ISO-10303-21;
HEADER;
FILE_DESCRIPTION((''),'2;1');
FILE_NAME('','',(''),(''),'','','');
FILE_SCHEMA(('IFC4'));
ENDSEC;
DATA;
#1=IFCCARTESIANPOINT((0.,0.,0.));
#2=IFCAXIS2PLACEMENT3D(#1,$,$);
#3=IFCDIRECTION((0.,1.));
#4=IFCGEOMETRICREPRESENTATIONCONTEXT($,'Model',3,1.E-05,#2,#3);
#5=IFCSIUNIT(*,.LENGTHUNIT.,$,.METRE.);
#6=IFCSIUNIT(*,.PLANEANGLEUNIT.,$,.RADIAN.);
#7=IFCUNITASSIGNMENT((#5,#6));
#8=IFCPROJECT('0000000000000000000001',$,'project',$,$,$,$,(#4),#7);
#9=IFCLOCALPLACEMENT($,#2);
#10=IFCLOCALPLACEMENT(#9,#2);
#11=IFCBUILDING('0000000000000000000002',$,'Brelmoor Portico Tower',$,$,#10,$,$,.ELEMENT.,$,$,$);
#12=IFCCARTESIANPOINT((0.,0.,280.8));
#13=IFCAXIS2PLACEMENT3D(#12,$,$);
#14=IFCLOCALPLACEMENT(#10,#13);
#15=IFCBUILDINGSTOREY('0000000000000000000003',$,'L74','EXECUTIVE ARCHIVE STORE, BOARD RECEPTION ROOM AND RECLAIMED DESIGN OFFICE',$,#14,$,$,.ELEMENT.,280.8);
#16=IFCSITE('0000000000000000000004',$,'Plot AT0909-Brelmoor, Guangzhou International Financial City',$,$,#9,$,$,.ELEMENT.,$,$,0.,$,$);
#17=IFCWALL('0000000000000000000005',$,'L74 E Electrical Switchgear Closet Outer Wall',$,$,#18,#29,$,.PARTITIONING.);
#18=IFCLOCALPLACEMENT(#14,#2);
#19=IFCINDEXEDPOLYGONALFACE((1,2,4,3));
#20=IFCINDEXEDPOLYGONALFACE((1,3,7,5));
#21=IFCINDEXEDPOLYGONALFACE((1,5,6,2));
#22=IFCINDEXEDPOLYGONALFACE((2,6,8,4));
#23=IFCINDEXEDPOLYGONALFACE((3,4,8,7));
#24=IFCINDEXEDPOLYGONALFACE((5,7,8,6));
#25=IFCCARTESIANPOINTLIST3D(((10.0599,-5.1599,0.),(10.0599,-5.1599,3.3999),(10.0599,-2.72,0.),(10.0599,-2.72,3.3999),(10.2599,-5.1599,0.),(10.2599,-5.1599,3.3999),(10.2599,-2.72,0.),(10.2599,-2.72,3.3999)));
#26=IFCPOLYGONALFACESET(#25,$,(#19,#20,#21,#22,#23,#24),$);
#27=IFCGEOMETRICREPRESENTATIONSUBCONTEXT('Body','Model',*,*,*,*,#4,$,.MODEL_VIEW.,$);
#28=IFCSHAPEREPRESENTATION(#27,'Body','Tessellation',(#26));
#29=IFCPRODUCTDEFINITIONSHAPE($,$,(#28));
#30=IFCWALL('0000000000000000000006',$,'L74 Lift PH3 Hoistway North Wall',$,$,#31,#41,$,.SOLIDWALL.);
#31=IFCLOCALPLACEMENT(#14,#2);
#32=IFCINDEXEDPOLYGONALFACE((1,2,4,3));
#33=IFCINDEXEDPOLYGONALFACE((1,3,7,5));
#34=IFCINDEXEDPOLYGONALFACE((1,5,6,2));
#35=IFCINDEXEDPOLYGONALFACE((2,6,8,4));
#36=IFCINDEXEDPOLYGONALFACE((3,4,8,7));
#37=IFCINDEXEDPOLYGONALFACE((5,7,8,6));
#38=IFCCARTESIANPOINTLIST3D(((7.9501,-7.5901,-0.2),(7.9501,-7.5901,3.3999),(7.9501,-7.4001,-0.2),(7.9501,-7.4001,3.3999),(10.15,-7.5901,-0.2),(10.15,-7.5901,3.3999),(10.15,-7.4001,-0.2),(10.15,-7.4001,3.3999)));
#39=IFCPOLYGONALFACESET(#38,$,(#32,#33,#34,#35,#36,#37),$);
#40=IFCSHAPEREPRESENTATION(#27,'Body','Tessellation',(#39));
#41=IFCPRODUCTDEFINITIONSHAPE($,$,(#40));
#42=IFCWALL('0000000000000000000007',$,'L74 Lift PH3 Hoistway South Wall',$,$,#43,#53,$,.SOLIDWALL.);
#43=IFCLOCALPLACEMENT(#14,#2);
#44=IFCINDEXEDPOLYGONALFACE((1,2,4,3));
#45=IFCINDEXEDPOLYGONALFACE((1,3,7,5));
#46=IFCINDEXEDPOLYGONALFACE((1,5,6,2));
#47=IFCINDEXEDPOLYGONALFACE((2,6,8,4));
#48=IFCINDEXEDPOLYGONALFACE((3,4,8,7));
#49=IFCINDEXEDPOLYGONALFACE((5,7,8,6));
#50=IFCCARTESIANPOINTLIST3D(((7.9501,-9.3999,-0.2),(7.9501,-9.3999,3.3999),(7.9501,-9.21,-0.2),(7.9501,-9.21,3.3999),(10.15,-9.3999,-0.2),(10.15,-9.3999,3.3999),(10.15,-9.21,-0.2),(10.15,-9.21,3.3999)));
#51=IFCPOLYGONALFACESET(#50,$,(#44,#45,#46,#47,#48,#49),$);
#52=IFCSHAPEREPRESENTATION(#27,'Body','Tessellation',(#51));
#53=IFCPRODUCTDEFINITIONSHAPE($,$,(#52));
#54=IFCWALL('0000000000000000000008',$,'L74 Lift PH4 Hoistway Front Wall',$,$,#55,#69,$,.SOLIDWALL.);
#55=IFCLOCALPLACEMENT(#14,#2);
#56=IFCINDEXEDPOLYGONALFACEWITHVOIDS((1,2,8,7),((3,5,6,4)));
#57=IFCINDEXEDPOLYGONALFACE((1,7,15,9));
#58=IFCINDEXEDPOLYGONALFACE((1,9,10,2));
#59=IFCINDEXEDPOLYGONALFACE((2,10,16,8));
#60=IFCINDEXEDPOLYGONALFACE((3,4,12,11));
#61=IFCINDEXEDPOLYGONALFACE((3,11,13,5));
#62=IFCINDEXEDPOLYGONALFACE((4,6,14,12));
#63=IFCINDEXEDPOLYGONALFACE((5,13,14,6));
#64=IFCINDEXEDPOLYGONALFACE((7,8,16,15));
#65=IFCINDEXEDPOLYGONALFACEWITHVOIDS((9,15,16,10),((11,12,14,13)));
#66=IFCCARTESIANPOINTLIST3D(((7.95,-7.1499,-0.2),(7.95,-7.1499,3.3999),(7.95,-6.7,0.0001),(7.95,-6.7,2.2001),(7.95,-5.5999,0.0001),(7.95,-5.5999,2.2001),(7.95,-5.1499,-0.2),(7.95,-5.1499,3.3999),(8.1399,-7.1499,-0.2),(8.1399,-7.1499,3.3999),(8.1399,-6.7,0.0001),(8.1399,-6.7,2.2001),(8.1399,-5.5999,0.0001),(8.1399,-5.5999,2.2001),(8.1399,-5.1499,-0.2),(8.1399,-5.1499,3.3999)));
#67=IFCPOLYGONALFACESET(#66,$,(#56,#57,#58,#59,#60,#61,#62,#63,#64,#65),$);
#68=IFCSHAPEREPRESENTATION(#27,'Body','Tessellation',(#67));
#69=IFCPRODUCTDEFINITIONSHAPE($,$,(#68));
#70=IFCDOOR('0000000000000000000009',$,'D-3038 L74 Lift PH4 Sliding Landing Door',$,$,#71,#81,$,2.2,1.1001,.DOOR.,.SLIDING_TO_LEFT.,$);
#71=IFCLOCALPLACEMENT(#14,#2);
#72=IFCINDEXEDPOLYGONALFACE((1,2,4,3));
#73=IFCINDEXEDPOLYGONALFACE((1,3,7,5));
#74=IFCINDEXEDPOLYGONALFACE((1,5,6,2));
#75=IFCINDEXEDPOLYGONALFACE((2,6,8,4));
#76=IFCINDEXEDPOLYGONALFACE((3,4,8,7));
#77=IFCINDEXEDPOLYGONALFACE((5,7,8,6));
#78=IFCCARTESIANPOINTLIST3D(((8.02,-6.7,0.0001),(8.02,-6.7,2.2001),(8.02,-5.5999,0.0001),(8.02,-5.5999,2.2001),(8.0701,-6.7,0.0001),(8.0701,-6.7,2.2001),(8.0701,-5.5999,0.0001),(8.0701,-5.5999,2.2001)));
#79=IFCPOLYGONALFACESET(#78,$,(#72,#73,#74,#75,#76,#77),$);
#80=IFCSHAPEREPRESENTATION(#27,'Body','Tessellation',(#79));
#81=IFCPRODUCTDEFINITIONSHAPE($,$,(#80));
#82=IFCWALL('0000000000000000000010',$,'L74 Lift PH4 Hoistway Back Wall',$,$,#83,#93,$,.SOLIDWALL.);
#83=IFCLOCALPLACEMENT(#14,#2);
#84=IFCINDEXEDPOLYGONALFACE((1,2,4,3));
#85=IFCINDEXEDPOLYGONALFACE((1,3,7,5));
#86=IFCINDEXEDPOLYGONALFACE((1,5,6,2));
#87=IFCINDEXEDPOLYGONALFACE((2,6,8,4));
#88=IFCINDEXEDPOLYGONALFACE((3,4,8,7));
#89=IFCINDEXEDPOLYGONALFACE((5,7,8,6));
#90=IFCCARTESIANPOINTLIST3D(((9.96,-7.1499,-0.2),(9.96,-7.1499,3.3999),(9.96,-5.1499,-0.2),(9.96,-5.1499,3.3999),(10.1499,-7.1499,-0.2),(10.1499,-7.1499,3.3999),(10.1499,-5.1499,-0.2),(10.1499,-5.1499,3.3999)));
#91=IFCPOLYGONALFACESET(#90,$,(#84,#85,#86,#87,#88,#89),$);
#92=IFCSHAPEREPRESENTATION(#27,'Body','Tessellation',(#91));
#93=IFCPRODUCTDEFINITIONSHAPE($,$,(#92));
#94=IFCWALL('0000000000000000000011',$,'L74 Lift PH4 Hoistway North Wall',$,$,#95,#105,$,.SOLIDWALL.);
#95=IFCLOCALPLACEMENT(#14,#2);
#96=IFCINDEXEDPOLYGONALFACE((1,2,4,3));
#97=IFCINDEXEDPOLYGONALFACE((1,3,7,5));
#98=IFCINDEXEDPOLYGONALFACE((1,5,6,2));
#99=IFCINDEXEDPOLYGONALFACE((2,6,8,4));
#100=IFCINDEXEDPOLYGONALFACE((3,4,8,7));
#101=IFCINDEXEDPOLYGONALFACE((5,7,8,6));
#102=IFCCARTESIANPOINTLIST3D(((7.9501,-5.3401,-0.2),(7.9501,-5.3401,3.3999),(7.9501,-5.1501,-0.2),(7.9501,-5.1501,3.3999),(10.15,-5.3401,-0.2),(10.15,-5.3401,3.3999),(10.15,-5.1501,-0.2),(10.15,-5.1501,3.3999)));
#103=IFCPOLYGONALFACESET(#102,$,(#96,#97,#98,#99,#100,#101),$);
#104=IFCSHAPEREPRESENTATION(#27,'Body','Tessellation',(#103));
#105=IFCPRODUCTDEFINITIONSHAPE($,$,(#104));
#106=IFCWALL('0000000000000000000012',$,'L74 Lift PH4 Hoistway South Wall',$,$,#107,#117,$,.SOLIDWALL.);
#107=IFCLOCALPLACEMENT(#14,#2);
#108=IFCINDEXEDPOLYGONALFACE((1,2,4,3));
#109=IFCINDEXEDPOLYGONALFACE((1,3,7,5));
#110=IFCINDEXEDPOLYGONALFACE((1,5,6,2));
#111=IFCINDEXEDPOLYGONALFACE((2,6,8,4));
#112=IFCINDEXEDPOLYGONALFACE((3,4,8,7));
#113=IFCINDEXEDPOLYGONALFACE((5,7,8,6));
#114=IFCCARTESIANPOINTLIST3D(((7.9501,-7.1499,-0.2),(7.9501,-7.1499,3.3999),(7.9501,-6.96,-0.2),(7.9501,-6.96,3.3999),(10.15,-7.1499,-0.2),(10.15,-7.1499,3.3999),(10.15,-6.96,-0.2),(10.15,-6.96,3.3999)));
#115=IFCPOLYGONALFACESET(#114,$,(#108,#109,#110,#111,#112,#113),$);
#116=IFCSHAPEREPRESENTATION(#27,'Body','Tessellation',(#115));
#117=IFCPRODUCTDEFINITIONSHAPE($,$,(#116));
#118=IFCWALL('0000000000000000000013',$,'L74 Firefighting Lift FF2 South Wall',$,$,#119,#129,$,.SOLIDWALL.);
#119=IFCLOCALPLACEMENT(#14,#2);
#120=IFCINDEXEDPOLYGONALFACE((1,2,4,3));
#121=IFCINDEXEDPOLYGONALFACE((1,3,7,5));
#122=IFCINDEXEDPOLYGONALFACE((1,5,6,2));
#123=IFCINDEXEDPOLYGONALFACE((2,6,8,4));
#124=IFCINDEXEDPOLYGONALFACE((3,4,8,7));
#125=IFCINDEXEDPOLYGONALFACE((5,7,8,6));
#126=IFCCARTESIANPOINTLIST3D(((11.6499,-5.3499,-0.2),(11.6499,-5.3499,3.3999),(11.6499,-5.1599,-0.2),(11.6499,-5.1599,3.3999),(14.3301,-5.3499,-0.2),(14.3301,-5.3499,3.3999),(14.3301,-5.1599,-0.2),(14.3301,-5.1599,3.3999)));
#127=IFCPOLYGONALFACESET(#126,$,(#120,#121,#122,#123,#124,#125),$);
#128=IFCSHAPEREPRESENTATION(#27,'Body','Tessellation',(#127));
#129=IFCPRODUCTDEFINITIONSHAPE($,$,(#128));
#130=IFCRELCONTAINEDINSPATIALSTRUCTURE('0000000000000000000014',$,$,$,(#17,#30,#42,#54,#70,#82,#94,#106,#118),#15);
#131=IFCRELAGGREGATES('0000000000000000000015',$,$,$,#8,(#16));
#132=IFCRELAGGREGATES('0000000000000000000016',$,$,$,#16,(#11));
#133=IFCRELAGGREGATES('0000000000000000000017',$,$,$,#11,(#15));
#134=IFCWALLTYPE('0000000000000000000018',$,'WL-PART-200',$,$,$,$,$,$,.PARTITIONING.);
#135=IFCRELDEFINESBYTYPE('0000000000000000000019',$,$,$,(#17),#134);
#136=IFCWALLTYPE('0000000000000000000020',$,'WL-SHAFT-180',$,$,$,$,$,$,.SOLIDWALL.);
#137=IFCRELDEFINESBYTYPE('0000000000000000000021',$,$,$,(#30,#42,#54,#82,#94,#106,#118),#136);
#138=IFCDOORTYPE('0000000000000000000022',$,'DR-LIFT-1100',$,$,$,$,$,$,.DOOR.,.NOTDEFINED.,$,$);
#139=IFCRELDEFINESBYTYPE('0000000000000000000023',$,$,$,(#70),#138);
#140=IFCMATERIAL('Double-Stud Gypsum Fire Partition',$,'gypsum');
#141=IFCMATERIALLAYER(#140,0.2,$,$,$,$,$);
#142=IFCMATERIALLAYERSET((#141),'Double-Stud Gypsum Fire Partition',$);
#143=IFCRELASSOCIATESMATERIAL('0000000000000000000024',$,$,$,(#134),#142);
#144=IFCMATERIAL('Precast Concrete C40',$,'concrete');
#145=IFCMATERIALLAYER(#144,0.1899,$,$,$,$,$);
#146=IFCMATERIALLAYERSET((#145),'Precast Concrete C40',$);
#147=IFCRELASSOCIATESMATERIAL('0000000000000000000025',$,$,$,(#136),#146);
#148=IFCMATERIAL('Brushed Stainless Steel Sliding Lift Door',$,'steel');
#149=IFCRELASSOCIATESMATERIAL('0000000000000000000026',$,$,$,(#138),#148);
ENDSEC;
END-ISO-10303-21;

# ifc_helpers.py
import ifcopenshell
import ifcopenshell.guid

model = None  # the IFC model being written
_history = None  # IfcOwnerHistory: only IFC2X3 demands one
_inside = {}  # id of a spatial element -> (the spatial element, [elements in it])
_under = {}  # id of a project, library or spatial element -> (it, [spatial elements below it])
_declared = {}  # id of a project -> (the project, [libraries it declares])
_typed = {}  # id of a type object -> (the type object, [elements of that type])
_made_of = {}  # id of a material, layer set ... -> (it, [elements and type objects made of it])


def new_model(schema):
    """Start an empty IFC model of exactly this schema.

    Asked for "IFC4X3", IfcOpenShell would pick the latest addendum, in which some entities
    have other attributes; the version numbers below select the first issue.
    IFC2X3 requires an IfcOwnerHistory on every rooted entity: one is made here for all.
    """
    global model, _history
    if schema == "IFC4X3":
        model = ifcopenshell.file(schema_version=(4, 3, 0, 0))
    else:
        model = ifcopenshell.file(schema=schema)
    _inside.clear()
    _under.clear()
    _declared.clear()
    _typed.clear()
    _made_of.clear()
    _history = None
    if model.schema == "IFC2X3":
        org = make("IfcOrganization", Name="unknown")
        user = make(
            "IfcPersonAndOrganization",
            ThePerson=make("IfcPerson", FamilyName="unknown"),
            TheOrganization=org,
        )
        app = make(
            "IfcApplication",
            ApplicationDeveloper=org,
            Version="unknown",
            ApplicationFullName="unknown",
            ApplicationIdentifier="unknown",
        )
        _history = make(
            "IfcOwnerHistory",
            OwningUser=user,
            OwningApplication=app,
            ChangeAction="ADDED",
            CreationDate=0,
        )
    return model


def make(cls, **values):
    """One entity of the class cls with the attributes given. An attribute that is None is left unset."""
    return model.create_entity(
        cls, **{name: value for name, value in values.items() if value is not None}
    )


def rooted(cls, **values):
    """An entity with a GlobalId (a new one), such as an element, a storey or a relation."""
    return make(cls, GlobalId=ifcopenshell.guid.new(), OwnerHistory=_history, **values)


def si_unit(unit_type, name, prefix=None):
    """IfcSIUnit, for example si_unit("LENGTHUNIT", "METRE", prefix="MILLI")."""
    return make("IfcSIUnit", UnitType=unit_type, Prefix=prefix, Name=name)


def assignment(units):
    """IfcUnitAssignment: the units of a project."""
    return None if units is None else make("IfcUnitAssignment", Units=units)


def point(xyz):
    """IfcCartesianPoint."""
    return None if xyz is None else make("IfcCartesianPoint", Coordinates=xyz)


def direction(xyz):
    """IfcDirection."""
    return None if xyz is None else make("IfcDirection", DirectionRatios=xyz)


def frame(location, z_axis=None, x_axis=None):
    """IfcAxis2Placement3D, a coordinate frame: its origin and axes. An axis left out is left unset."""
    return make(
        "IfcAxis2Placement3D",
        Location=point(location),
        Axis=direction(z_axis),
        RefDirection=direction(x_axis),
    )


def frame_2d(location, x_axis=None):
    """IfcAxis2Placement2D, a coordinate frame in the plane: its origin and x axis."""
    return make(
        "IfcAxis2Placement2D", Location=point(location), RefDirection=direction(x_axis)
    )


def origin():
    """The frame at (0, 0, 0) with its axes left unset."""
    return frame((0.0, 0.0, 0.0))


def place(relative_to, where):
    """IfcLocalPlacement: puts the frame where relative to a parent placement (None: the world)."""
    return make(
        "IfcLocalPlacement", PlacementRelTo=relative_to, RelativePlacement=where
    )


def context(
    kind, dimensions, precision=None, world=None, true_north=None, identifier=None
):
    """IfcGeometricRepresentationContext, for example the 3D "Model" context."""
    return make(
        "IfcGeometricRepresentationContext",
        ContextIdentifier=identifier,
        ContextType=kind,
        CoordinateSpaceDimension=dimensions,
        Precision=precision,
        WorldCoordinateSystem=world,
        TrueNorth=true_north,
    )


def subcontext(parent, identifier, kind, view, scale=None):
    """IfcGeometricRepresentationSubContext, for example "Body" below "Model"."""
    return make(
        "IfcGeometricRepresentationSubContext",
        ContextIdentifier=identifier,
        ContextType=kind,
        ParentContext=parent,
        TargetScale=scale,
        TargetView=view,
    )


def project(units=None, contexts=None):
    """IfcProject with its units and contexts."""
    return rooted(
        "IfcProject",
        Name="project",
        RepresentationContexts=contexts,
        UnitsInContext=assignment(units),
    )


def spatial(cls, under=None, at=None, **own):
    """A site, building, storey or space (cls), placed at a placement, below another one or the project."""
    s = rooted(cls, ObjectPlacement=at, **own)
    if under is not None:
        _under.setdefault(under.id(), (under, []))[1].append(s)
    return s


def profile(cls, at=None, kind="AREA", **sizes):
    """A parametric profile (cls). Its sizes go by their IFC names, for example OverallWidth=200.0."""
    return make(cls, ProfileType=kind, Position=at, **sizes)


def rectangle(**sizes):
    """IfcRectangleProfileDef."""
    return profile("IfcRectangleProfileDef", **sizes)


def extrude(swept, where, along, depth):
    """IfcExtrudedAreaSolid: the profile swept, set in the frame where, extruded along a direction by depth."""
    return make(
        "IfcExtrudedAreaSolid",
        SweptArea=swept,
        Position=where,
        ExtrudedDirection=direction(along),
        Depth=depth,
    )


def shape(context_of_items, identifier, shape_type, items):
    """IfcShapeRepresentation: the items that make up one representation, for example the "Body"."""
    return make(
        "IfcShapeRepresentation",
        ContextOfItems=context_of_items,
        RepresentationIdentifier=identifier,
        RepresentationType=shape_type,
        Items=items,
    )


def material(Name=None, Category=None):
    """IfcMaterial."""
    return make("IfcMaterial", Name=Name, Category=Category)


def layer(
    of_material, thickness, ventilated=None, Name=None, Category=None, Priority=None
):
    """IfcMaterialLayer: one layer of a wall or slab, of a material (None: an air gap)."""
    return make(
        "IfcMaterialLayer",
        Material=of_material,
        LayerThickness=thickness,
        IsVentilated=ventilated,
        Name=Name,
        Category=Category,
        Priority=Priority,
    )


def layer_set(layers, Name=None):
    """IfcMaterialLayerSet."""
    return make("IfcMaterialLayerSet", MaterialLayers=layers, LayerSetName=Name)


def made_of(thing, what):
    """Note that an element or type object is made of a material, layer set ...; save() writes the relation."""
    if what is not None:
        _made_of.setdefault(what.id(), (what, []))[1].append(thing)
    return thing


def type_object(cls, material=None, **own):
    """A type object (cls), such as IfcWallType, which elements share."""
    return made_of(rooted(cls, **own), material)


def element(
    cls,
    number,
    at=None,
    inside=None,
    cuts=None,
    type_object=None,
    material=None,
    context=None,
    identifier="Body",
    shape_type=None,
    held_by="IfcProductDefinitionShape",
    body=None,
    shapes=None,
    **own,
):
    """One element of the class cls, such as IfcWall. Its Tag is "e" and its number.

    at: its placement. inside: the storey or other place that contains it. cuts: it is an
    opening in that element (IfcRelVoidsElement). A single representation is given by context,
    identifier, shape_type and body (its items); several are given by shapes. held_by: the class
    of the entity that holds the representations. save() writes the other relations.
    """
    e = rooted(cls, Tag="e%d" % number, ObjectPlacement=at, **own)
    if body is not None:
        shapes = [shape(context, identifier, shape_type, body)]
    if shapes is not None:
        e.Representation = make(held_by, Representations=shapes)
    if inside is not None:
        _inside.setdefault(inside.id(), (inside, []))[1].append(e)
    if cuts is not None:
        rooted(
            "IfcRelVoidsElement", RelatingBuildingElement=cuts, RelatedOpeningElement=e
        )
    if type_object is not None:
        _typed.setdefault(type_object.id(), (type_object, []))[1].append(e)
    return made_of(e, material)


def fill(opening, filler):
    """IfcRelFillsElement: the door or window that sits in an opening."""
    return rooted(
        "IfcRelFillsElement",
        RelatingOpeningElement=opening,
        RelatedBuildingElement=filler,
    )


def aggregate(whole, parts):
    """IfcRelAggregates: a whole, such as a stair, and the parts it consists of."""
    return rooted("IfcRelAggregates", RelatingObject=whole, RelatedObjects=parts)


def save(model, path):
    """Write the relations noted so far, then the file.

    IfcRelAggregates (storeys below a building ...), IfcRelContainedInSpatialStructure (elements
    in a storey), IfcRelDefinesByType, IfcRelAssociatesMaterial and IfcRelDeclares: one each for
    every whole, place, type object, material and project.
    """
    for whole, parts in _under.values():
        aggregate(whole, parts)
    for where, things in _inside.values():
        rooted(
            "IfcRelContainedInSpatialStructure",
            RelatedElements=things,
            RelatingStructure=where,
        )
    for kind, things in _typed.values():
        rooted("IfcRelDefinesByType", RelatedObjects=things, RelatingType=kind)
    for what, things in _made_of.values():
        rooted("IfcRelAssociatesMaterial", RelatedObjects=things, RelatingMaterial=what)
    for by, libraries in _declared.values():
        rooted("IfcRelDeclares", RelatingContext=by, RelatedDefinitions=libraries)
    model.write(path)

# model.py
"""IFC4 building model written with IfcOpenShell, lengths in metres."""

from ifc_helpers import new_model, si_unit, direction, frame, frame_2d, origin, place, context, subcontext, project, spatial, rectangle, extrude, material, layer, layer_set, type_object, element, fill, save


model = new_model("IFC4")

# Units and contexts
model_context = context("Model", 3, precision=1e-05, world=origin(), true_north=direction((0.0, 1.0)))
body_context = subcontext(model_context, "Body", "Model", "MODEL_VIEW")
ifc_project = project(units=[si_unit("LENGTHUNIT", "METRE"), si_unit("PLANEANGLEUNIT", "RADIAN")], contexts=[model_context])

# Site, building, storey
site_placement = place(None, origin())
site = spatial("IfcSite", under=ifc_project, at=site_placement, Name="Plot AT0909-Brelmoor, Guangzhou International Financial City", CompositionType="ELEMENT", RefElevation=0.0)
building_placement = place(site_placement, origin())
building = spatial("IfcBuilding", under=site, at=building_placement, Name="Brelmoor Portico Tower", CompositionType="ELEMENT")
storey_placement = place(building_placement, frame((0.0, 0.0, 280.8)))
storey = spatial("IfcBuildingStorey", under=building, at=storey_placement, Name="L74", Description="EXECUTIVE ARCHIVE STORE, BOARD RECEPTION ROOM AND RECLAIMED DESIGN OFFICE", CompositionType="ELEMENT", Elevation=280.8)

# Shared definitions
ifc_material_1 = material(Name="Double-Stud Gypsum Fire Partition", Category="gypsum")
ifc_layer_1 = layer(ifc_material_1, 0.2)
ifc_layer_set_1 = layer_set([ifc_layer_1], Name="Double-Stud Gypsum Fire Partition")
wall_type_1 = type_object("IfcWallType", Name="WL-PART-200", PredefinedType="PARTITIONING", material=ifc_layer_set_1)

# Walls
for number, where, z_axis, x_axis, name in (
    (1, (10.1599, -5.1599, 0.0), (0.0, 0.0, 1.0), (0.0, 1.0, 0.0), "L74 E Electrical Switchgear Closet Outer Wall"),
):
    element("IfcWall", number, at=place(storey_placement, frame(where, z_axis=z_axis, x_axis=x_axis)), inside=storey, type_object=wall_type_1, Name=name, PredefinedType="PARTITIONING", context=body_context, shape_type="SweptSolid", body=[
        extrude(rectangle(XDim=2.4399, YDim=0.2, at=frame_2d((1.22, 0.0))), origin(), (0.0, 0.0, 1.0), 3.3999),
    ])
ifc_material_2 = material(Name="Precast Concrete C40", Category="concrete")
ifc_layer_2 = layer(ifc_material_2, 0.1899)
ifc_layer_set_2 = layer_set([ifc_layer_2], Name="Precast Concrete C40")
wall_type_2 = type_object("IfcWallType", Name="WL-SHAFT-180", PredefinedType="SOLIDWALL", material=ifc_layer_set_2)
for number, where, z_axis, x_axis, name in (
    (2, (7.95, -7.4951, -0.2), (0.0, 0.0, 1.0), (1.0, 0.0, 0.0), "L74 Lift PH3 Hoistway North Wall"),
    (3, (7.95, -9.3049, -0.2), (0.0, 0.0, 1.0), (1.0, 0.0, 0.0), "L74 Lift PH3 Hoistway South Wall"),
):
    element("IfcWall", number, at=place(storey_placement, frame(where, z_axis=z_axis, x_axis=x_axis)), inside=storey, type_object=wall_type_2, Name=name, PredefinedType="SOLIDWALL", context=body_context, shape_type="SweptSolid", body=[
        extrude(rectangle(XDim=2.2, YDim=0.1899, at=frame_2d((1.1001, 0.0))), origin(), (0.0, 0.0, 1.0), 3.5999),
    ])

# Wall, opening, door
wall_1_placement = place(storey_placement, frame((8.0449, -7.1499, -0.2), z_axis=(0.0, 0.0, 1.0), x_axis=(0.0, 1.0, 0.0)))
wall_1 = element("IfcWall", 4, at=wall_1_placement, inside=storey, type_object=wall_type_2, Name="L74 Lift PH4 Hoistway Front Wall", PredefinedType="SOLIDWALL", context=body_context, shape_type="SweptSolid", body=[
    extrude(rectangle(XDim=2.0, YDim=0.1899, at=frame_2d((1.0, 0.0))), origin(), (0.0, 0.0, 1.0), 3.5999),
])
opening_1_placement = place(wall_1_placement, frame((0.45, 0.0, 0.2)))
opening_1 = element("IfcOpeningElement", 5, at=opening_1_placement, cuts=wall_1, PredefinedType="OPENING", context=body_context, shape_type="SweptSolid", body=[
    extrude(rectangle(XDim=1.1001, YDim=2.2, at=frame_2d((0.55, 1.1001))), frame((0.0, 0.105, 0.0), z_axis=(0.0, -1.0, 0.0), x_axis=(1.0, 0.0, 0.0)), (0.0, 0.0, 1.0), 0.21),
])
ifc_material_3 = material(Name="Brushed Stainless Steel Sliding Lift Door", Category="steel")
door_type_1 = type_object("IfcDoorType", Name="DR-LIFT-1100", OperationType="NOTDEFINED", PredefinedType="DOOR", material=ifc_material_3)
door_1_placement = place(opening_1_placement, origin())
door_1 = element("IfcDoor", 6, at=door_1_placement, inside=storey, type_object=door_type_1, Name="D-3038 L74 Lift PH4 Sliding Landing Door", OperationType="SLIDING_TO_LEFT", OverallHeight=2.2, OverallWidth=1.1001, PredefinedType="DOOR", context=body_context, shape_type="SweptSolid", body=[
    extrude(rectangle(XDim=1.1001, YDim=2.2, at=frame_2d((0.55, 1.1001))), frame((0.0, 0.0249, 0.0), z_axis=(0.0, -1.0, 0.0), x_axis=(1.0, 0.0, 0.0)), (0.0, 0.0, 1.0), 0.05),
])
fill(opening_1, door_1)

# Walls
wall_2_placement = place(storey_placement, frame((10.0549, -7.1499, -0.2), z_axis=(0.0, 0.0, 1.0), x_axis=(0.0, 1.0, 0.0)))
element("IfcWall", 7, at=wall_2_placement, inside=storey, type_object=wall_type_2, Name="L74 Lift PH4 Hoistway Back Wall", PredefinedType="SOLIDWALL", context=body_context, shape_type="SweptSolid", body=[
    extrude(rectangle(XDim=2.0, YDim=0.1899, at=frame_2d((1.0, 0.0))), origin(), (0.0, 0.0, 1.0), 3.5999),
])
for number, where, z_axis, x_axis, name in (
    (8, (7.95, -5.2451, -0.2), (0.0, 0.0, 1.0), (1.0, 0.0, 0.0), "L74 Lift PH4 Hoistway North Wall"),
    (9, (7.95, -7.0549, -0.2), (0.0, 0.0, 1.0), (1.0, 0.0, 0.0), "L74 Lift PH4 Hoistway South Wall"),
):
    element("IfcWall", number, at=place(storey_placement, frame(where, z_axis=z_axis, x_axis=x_axis)), inside=storey, type_object=wall_type_2, Name=name, PredefinedType="SOLIDWALL", context=body_context, shape_type="SweptSolid", body=[
        extrude(rectangle(XDim=2.2, YDim=0.1899, at=frame_2d((1.1001, 0.0))), origin(), (0.0, 0.0, 1.0), 3.5999),
    ])
wall_3_placement = place(storey_placement, frame((11.6499, -5.2549, -0.2), z_axis=(0.0, 0.0, 1.0), x_axis=(1.0, 0.0, 0.0)))
element("IfcWall", 10, at=wall_3_placement, inside=storey, type_object=wall_type_2, Name="L74 Firefighting Lift FF2 South Wall", PredefinedType="SOLIDWALL", context=body_context, shape_type="SweptSolid", body=[
    extrude(rectangle(XDim=2.6802, YDim=0.1899, at=frame_2d((1.3401, 0.0))), origin(), (0.0, 0.0, 1.0), 3.5999),
])

save(model, "model.ifc")
